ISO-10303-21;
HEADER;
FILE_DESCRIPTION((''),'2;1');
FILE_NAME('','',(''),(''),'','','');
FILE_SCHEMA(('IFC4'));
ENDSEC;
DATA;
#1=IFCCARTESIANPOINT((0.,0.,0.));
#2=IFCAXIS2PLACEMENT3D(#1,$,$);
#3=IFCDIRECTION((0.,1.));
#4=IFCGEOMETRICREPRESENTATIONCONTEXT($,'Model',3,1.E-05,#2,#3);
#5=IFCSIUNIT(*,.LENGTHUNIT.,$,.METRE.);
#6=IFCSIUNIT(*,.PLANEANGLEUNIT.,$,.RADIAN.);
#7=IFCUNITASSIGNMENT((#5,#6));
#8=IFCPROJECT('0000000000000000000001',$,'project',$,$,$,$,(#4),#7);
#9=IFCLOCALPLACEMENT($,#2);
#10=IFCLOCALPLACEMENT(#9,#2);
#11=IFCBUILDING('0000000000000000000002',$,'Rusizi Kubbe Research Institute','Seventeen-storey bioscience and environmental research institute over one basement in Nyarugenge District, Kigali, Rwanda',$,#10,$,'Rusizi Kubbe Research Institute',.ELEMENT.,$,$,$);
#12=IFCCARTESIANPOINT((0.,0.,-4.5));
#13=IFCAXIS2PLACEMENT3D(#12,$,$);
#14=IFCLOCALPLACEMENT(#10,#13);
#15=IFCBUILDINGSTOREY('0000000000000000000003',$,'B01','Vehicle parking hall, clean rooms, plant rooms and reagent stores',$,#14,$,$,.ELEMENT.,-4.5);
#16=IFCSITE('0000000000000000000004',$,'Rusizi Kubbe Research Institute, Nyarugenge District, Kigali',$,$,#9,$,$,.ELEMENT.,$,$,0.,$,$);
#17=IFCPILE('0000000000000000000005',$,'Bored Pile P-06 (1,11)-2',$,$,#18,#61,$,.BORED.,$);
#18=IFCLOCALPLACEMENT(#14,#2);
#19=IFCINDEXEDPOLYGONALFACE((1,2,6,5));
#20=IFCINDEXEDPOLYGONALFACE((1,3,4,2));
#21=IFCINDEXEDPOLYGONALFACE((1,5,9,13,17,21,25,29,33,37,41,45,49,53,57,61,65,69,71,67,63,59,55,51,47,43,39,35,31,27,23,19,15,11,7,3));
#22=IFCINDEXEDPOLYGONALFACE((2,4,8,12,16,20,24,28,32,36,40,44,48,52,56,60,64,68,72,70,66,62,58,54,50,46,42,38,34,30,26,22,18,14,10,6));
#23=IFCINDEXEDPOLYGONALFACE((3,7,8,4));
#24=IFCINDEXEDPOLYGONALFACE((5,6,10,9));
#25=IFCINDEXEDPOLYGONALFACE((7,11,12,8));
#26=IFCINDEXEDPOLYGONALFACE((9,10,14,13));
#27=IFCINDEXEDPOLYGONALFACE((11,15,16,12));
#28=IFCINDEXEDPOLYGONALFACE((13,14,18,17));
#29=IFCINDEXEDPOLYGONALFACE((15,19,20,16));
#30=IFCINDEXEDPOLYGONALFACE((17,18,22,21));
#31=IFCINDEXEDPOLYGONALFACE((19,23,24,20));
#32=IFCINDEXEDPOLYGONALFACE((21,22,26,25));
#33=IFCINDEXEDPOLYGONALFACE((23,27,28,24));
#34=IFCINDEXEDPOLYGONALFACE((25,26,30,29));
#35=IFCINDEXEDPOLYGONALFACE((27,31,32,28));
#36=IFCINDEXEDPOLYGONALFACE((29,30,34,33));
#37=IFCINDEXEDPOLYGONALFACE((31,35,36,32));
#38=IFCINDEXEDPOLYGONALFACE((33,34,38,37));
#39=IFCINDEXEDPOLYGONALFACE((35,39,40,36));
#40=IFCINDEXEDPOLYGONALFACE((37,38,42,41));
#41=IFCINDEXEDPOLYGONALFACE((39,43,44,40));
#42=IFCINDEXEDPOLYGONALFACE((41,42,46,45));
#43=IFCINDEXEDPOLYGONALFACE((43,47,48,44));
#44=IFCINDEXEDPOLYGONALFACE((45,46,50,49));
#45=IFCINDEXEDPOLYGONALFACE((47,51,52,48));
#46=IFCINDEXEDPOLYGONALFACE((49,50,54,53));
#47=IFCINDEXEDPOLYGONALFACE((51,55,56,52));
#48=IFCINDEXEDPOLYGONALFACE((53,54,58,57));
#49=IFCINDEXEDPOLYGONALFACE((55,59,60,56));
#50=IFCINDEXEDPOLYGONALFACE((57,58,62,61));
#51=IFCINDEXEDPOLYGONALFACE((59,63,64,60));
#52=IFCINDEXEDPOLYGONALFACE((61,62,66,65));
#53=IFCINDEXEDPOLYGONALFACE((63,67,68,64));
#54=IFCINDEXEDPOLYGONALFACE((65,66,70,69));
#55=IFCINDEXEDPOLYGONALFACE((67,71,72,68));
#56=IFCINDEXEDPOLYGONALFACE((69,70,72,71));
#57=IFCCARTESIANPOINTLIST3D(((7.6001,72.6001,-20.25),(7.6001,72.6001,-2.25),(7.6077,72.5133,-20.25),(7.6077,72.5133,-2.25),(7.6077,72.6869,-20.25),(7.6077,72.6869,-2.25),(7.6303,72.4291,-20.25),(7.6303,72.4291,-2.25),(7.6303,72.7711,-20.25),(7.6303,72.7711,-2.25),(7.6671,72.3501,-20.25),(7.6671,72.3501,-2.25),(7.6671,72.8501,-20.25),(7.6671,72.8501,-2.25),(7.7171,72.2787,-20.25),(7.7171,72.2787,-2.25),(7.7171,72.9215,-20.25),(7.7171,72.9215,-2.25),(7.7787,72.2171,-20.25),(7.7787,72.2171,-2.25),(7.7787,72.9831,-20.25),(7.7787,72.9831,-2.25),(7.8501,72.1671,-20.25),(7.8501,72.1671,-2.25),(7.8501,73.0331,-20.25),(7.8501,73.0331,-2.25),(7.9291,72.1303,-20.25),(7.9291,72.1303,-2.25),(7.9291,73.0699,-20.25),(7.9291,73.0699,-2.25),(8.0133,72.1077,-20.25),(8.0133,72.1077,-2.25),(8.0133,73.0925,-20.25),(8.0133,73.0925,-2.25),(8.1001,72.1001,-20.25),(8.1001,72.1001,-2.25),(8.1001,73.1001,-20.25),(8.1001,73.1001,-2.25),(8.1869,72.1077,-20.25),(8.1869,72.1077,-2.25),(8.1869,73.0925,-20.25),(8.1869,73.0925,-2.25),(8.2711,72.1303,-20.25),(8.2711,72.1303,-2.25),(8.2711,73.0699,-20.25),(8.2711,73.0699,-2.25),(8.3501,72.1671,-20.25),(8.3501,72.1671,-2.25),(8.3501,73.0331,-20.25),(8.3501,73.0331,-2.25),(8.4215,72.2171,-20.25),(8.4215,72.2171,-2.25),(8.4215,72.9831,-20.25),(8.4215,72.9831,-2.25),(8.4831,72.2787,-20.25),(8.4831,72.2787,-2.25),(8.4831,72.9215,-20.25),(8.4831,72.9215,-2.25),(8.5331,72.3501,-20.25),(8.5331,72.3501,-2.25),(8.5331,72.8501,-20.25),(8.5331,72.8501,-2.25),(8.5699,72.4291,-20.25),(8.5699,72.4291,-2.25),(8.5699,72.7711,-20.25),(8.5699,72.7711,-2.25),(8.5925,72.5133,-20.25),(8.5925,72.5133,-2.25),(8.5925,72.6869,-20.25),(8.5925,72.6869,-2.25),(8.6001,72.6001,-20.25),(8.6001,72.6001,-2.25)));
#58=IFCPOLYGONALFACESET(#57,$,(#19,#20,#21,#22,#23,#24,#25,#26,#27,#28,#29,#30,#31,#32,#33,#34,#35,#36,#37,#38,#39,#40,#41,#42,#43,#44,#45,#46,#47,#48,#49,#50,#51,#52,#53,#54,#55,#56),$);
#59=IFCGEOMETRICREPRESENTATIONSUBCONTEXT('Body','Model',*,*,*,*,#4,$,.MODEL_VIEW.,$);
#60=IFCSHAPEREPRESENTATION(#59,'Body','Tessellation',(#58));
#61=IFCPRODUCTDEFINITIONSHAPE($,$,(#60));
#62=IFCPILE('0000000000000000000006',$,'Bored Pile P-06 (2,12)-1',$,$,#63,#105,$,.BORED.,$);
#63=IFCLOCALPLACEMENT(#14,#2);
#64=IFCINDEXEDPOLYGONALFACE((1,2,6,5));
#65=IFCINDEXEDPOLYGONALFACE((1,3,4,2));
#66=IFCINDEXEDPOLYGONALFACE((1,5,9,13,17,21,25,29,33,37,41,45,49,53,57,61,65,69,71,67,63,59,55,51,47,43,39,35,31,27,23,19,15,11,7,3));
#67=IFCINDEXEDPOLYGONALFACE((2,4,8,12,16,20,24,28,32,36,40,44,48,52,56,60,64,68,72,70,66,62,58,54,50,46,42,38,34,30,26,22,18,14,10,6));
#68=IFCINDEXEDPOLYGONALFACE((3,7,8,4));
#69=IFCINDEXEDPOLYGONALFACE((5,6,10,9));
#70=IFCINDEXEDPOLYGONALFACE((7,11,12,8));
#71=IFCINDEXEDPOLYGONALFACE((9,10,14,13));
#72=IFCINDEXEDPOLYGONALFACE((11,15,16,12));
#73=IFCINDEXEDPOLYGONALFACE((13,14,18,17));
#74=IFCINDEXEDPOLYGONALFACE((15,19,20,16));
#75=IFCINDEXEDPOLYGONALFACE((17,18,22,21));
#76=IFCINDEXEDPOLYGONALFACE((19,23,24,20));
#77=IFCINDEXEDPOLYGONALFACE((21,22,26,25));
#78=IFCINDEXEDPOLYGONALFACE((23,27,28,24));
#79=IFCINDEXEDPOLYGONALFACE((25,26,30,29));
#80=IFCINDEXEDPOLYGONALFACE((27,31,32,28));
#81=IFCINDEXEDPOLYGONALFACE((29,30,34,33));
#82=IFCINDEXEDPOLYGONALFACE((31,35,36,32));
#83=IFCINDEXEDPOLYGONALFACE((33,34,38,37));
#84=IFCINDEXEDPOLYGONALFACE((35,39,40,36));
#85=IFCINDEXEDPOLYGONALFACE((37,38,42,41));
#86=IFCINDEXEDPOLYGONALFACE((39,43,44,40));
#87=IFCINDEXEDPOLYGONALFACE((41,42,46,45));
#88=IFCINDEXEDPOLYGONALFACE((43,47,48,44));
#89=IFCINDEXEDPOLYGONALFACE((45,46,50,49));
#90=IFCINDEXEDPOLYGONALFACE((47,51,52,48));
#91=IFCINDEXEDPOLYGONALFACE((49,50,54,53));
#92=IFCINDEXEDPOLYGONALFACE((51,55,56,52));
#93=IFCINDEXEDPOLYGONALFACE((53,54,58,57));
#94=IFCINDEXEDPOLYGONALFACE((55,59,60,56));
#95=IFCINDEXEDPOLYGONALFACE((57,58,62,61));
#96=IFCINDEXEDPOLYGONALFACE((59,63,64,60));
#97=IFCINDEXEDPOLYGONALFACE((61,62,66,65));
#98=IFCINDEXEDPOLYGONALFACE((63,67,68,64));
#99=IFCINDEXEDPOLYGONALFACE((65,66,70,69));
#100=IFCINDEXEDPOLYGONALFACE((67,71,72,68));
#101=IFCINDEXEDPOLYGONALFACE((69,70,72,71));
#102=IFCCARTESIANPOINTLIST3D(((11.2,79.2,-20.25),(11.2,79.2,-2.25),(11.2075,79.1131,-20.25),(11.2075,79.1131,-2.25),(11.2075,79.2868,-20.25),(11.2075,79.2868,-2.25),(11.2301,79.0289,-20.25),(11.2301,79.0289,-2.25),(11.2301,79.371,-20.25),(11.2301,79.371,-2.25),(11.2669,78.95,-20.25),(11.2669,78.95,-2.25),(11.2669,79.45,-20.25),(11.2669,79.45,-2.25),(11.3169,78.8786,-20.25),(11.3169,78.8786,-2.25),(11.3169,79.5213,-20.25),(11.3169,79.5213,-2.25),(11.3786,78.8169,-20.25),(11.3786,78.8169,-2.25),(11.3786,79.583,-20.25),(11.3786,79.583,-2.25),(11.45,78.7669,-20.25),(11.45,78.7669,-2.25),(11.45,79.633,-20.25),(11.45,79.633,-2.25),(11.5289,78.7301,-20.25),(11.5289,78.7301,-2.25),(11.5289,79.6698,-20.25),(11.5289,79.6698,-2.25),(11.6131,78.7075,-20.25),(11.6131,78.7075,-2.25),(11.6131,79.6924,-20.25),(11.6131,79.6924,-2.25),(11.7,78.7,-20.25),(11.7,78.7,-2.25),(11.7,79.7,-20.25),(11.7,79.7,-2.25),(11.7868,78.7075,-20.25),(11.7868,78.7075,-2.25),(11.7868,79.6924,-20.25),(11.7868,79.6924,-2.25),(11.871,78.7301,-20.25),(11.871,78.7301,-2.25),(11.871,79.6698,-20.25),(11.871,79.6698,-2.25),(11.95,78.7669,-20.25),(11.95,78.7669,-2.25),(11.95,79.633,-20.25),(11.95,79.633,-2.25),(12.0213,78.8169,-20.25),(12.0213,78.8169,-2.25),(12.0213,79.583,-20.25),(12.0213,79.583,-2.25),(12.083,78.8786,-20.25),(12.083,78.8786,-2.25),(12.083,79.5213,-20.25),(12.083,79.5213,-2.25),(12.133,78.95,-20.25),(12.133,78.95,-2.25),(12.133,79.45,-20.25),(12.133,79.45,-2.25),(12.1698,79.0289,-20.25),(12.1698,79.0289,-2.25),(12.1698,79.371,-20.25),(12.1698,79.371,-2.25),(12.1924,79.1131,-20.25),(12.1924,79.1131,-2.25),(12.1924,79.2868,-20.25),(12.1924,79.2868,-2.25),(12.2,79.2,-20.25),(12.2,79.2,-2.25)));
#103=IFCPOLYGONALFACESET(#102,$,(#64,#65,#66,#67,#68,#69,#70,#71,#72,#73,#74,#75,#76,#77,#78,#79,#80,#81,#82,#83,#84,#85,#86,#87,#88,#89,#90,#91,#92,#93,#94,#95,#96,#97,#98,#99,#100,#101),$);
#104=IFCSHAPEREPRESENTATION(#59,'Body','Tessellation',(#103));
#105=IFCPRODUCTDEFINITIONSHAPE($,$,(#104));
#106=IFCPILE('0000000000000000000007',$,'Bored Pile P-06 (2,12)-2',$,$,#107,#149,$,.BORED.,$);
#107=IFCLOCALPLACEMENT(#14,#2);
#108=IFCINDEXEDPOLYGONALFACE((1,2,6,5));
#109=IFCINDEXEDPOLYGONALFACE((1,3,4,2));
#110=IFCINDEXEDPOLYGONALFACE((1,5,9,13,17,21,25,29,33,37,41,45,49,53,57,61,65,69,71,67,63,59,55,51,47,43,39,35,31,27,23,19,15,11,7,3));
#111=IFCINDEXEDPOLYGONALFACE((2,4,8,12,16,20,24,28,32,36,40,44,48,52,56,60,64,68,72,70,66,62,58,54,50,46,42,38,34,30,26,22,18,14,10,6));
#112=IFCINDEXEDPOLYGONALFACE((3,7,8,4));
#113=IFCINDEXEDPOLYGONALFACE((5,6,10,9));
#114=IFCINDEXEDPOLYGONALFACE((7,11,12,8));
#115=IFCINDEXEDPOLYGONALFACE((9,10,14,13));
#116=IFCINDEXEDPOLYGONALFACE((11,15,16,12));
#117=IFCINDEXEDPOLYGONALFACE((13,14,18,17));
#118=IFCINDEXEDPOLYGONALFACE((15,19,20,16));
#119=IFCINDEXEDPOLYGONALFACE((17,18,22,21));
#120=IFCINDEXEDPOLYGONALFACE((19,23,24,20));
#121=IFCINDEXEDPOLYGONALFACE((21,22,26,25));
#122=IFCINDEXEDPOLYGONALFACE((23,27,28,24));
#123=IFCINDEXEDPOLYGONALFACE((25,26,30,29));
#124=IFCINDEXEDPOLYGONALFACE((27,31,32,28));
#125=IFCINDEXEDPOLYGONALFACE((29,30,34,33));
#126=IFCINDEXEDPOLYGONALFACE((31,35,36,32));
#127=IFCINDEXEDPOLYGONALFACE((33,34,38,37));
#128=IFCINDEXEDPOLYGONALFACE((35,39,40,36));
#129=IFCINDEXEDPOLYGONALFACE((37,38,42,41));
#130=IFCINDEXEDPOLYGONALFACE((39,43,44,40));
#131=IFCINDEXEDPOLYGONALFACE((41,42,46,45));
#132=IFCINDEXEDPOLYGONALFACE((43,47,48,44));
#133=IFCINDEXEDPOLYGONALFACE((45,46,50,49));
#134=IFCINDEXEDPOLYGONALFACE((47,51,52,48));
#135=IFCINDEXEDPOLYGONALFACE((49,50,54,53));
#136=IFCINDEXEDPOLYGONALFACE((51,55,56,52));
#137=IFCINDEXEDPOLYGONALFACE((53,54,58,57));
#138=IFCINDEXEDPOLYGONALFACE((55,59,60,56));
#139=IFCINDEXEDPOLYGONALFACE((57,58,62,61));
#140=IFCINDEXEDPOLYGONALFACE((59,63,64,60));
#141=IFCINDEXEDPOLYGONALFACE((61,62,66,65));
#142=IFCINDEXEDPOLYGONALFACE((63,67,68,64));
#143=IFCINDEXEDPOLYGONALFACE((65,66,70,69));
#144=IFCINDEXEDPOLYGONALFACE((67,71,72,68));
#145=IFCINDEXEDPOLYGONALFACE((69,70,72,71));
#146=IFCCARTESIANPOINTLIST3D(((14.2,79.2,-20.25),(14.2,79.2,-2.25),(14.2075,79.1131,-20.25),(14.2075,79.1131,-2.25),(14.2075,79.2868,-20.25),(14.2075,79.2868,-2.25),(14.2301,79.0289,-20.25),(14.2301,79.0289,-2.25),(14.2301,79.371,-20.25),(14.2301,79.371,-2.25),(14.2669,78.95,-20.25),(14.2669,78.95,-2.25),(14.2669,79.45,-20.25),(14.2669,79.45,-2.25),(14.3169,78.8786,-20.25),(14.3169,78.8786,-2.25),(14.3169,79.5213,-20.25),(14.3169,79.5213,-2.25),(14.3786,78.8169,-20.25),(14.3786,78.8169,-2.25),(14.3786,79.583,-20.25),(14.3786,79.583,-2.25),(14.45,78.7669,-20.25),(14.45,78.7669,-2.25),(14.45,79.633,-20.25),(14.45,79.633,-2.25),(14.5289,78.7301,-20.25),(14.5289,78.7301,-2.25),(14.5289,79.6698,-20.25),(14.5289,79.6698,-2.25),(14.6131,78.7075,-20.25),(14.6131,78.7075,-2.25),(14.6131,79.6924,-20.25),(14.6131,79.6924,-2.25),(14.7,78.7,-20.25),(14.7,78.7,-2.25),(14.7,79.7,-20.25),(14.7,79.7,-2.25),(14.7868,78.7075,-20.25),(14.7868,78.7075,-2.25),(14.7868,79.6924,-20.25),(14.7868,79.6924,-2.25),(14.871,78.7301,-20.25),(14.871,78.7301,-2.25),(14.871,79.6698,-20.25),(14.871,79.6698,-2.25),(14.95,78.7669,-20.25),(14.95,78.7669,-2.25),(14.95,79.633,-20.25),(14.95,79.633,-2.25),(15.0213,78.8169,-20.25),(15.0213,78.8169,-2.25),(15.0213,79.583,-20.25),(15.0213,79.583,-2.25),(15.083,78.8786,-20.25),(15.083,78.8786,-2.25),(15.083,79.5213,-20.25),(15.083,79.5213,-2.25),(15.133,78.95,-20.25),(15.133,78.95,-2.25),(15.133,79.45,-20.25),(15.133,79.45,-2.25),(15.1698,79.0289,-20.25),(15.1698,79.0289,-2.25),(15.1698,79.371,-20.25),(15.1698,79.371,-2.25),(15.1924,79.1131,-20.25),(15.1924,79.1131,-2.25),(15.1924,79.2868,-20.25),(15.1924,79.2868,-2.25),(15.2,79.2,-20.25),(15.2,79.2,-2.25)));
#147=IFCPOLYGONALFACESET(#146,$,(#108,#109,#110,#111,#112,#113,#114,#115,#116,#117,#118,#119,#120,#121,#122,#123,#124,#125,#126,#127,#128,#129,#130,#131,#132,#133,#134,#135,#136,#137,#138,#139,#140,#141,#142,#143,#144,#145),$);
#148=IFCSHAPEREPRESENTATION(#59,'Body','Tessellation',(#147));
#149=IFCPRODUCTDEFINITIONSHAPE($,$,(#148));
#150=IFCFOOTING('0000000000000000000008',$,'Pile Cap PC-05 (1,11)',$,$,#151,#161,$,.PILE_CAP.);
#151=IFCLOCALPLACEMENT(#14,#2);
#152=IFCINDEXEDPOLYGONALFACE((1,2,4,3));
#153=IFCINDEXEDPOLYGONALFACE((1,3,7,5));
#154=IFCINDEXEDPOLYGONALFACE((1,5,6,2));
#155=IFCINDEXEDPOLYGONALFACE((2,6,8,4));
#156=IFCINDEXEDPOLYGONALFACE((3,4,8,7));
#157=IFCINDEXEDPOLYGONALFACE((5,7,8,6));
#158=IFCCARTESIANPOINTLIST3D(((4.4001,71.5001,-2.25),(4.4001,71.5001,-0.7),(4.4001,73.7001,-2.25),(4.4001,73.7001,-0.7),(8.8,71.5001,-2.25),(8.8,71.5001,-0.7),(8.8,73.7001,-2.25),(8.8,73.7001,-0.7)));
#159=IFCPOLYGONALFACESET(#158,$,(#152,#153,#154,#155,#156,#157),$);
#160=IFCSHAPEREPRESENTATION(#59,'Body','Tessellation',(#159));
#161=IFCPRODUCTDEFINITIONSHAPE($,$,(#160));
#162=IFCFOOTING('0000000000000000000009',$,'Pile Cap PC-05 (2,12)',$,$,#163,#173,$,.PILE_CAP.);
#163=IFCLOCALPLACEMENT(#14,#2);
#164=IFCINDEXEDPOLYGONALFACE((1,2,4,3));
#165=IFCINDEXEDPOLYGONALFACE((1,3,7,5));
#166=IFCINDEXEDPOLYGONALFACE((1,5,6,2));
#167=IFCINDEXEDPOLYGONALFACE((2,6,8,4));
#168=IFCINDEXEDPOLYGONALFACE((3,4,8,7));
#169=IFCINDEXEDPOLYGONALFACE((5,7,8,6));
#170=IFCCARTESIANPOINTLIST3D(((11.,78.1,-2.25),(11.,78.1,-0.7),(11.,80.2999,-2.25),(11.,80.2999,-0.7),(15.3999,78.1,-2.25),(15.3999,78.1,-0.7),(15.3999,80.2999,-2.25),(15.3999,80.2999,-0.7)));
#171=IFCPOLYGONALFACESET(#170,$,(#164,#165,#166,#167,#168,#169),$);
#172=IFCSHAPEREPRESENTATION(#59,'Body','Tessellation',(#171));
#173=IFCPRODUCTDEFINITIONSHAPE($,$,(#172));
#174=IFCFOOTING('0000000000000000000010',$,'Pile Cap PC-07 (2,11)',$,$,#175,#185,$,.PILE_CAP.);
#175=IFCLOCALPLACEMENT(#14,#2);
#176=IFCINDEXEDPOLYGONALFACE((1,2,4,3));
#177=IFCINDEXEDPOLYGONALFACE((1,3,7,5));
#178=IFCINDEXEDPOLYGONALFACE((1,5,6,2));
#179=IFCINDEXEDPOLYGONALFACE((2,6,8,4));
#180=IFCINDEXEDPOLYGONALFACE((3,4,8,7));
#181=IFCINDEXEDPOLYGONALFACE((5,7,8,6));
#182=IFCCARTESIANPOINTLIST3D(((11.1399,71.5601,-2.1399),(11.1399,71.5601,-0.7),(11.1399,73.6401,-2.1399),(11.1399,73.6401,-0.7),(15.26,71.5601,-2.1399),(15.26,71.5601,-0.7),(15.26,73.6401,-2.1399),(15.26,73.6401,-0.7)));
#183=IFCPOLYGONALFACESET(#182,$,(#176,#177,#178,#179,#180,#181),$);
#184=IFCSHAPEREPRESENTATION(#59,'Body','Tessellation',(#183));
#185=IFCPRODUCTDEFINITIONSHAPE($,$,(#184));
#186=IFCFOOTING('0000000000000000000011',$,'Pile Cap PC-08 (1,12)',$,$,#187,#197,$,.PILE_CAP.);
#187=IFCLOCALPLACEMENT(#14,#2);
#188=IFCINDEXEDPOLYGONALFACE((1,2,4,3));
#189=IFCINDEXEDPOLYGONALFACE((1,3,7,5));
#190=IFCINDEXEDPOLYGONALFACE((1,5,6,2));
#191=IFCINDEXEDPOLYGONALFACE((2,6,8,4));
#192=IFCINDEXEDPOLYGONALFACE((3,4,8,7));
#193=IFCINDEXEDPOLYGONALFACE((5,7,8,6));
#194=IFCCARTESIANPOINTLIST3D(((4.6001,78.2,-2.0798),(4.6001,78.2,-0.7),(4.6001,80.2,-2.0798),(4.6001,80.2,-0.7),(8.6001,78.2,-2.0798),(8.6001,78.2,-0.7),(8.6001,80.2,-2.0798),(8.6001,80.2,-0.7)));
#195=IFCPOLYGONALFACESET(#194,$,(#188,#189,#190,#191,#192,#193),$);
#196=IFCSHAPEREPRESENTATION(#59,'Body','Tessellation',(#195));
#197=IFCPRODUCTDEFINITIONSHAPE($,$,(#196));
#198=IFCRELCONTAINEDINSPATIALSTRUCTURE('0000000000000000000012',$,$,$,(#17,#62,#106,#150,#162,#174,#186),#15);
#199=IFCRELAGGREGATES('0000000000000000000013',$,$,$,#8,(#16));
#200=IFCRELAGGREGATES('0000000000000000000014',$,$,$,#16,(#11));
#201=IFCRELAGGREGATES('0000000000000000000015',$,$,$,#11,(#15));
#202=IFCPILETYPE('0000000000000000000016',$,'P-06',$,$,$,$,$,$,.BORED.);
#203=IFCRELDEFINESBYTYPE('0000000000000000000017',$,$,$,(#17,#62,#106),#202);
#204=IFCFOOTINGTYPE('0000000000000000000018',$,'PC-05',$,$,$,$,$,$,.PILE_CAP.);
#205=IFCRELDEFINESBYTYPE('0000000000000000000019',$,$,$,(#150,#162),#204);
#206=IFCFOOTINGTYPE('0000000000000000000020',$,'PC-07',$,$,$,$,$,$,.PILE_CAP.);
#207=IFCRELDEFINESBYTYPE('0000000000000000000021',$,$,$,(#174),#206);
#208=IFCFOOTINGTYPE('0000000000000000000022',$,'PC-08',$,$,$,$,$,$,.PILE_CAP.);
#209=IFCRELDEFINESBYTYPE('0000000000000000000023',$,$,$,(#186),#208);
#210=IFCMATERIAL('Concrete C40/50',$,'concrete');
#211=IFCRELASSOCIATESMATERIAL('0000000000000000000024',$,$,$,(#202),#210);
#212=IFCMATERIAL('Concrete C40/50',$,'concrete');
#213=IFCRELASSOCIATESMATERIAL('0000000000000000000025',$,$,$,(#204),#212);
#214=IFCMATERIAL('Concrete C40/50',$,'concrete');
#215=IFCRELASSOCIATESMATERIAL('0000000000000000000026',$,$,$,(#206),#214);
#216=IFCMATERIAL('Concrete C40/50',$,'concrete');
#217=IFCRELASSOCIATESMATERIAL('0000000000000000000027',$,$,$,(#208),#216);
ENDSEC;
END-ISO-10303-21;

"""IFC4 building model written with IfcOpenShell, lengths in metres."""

from ifc_helpers import new_model, si_unit, direction, frame, origin, origin_2d, place, context, subcontext, project, spatial, rectangle, circle, extrude, material, material_profile, profile_set, type_object, element, save


model = new_model("IFC4")

# Units and contexts
model_context = context("Model", 3, precision=1e-05, world=origin(), true_north=direction((0.0, 1.0)))
body_context = subcontext(model_context, "Body", "Model", "MODEL_VIEW")
ifc_project = project(units=[si_unit("LENGTHUNIT", "METRE"), si_unit("PLANEANGLEUNIT", "RADIAN")], contexts=[model_context])

# Site, building, storey
site_placement = place(None, origin())
site = spatial("IfcSite", under=ifc_project, at=site_placement, Name="Rusizi Kubbe Research Institute, Nyarugenge District, Kigali", CompositionType="ELEMENT", RefElevation=0.0)
building_placement = place(site_placement, origin())
building = spatial("IfcBuilding", under=site, at=building_placement, Name="Rusizi Kubbe Research Institute", Description="Seventeen-storey bioscience and environmental research institute over one basement in Nyarugenge District, Kigali, Rwanda", LongName="Rusizi Kubbe Research Institute", CompositionType="ELEMENT")
storey_placement = place(building_placement, frame((0.0, 0.0, -4.5)))
storey = spatial("IfcBuildingStorey", under=building, at=storey_placement, Name="B01", Description="Vehicle parking hall, clean rooms, plant rooms and reagent stores", CompositionType="ELEMENT", Elevation=-4.5)

# Piles
ifc_material_1 = material(Name="Concrete C40/50", Category="concrete")
ifc_material_profile_1 = material_profile(ifc_material_1, circle(Radius=0.5, at=origin_2d()), Name="PILE-D1000")
ifc_profile_set_1 = profile_set([ifc_material_profile_1], Name="Concrete C40/50")
pile_type_1 = type_object("IfcPileType", Name="P-06", PredefinedType="BORED", material=ifc_profile_set_1)
for number, where, z_axis, x_axis, name in (
    (1, (8.1001, 72.6001, -2.25), (0.0, 0.0, -1.0), (1.0, 0.0, 0.0), "Bored Pile P-06 (1,11)-2"),
    (2, (11.7, 79.2, -2.25), (0.0, 0.0, -1.0), (1.0, 0.0, 0.0), "Bored Pile P-06 (2,12)-1"),
    (3, (14.7, 79.2, -2.25), (0.0, 0.0, -1.0), (1.0, 0.0, 0.0), "Bored Pile P-06 (2,12)-2"),
):
    element("IfcPile", number, at=place(storey_placement, frame(where, z_axis=z_axis, x_axis=x_axis)), inside=storey, type_object=pile_type_1, Name=name, PredefinedType="BORED", context=body_context, shape_type="SweptSolid", body=[
        extrude(circle(Radius=0.5, at=origin_2d()), origin(), (0.0, 0.0, 1.0), 18.0),
    ])

# Footings
ifc_material_2 = material(Name="Concrete C40/50", Category="concrete")
footing_type_1 = type_object("IfcFootingType", Name="PC-05", PredefinedType="PILE_CAP", material=ifc_material_2)
for number, where, z_axis, x_axis, name in (
    (4, (6.6001, 72.6001, -2.25), (0.0, 0.0, 1.0), (1.0, 0.0, 0.0), "Pile Cap PC-05 (1,11)"),
    (5, (13.2, 79.2, -2.25), (0.0, 0.0, 1.0), (1.0, 0.0, 0.0), "Pile Cap PC-05 (2,12)"),
):
    element("IfcFooting", number, at=place(storey_placement, frame(where, z_axis=z_axis, x_axis=x_axis)), inside=storey, type_object=footing_type_1, Name=name, PredefinedType="PILE_CAP", context=body_context, shape_type="SweptSolid", body=[
        extrude(rectangle(XDim=4.3999, YDim=2.2, at=origin_2d()), origin(), (0.0, 0.0, 1.0), 1.55),
    ])
ifc_material_3 = material(Name="Concrete C40/50", Category="concrete")
footing_type_2 = type_object("IfcFootingType", Name="PC-07", PredefinedType="PILE_CAP", material=ifc_material_3)
footing_1_placement = place(storey_placement, frame((13.2, 72.6001, -2.1399), z_axis=(0.0, 0.0, 1.0), x_axis=(1.0, 0.0, 0.0)))
element("IfcFooting", 6, at=footing_1_placement, inside=storey, type_object=footing_type_2, Name="Pile Cap PC-07 (2,11)", PredefinedType="PILE_CAP", context=body_context, shape_type="SweptSolid", body=[
    extrude(rectangle(XDim=4.1201, YDim=2.0801, at=origin_2d()), origin(), (0.0, 0.0, 1.0), 1.4399),
])
ifc_material_4 = material(Name="Concrete C40/50", Category="concrete")
footing_type_3 = type_object("IfcFootingType", Name="PC-08", PredefinedType="PILE_CAP", material=ifc_material_4)
footing_2_placement = place(storey_placement, frame((6.6001, 79.2, -2.0798), z_axis=(0.0, 0.0, 1.0), x_axis=(1.0, 0.0, 0.0)))
element("IfcFooting", 7, at=footing_2_placement, inside=storey, type_object=footing_type_3, Name="Pile Cap PC-08 (1,12)", PredefinedType="PILE_CAP", context=body_context, shape_type="SweptSolid", body=[
    extrude(rectangle(XDim=4.0, YDim=2.0, at=origin_2d()), origin(), (0.0, 0.0, 1.0), 1.3799),
])

save(model, "model.ifc")
